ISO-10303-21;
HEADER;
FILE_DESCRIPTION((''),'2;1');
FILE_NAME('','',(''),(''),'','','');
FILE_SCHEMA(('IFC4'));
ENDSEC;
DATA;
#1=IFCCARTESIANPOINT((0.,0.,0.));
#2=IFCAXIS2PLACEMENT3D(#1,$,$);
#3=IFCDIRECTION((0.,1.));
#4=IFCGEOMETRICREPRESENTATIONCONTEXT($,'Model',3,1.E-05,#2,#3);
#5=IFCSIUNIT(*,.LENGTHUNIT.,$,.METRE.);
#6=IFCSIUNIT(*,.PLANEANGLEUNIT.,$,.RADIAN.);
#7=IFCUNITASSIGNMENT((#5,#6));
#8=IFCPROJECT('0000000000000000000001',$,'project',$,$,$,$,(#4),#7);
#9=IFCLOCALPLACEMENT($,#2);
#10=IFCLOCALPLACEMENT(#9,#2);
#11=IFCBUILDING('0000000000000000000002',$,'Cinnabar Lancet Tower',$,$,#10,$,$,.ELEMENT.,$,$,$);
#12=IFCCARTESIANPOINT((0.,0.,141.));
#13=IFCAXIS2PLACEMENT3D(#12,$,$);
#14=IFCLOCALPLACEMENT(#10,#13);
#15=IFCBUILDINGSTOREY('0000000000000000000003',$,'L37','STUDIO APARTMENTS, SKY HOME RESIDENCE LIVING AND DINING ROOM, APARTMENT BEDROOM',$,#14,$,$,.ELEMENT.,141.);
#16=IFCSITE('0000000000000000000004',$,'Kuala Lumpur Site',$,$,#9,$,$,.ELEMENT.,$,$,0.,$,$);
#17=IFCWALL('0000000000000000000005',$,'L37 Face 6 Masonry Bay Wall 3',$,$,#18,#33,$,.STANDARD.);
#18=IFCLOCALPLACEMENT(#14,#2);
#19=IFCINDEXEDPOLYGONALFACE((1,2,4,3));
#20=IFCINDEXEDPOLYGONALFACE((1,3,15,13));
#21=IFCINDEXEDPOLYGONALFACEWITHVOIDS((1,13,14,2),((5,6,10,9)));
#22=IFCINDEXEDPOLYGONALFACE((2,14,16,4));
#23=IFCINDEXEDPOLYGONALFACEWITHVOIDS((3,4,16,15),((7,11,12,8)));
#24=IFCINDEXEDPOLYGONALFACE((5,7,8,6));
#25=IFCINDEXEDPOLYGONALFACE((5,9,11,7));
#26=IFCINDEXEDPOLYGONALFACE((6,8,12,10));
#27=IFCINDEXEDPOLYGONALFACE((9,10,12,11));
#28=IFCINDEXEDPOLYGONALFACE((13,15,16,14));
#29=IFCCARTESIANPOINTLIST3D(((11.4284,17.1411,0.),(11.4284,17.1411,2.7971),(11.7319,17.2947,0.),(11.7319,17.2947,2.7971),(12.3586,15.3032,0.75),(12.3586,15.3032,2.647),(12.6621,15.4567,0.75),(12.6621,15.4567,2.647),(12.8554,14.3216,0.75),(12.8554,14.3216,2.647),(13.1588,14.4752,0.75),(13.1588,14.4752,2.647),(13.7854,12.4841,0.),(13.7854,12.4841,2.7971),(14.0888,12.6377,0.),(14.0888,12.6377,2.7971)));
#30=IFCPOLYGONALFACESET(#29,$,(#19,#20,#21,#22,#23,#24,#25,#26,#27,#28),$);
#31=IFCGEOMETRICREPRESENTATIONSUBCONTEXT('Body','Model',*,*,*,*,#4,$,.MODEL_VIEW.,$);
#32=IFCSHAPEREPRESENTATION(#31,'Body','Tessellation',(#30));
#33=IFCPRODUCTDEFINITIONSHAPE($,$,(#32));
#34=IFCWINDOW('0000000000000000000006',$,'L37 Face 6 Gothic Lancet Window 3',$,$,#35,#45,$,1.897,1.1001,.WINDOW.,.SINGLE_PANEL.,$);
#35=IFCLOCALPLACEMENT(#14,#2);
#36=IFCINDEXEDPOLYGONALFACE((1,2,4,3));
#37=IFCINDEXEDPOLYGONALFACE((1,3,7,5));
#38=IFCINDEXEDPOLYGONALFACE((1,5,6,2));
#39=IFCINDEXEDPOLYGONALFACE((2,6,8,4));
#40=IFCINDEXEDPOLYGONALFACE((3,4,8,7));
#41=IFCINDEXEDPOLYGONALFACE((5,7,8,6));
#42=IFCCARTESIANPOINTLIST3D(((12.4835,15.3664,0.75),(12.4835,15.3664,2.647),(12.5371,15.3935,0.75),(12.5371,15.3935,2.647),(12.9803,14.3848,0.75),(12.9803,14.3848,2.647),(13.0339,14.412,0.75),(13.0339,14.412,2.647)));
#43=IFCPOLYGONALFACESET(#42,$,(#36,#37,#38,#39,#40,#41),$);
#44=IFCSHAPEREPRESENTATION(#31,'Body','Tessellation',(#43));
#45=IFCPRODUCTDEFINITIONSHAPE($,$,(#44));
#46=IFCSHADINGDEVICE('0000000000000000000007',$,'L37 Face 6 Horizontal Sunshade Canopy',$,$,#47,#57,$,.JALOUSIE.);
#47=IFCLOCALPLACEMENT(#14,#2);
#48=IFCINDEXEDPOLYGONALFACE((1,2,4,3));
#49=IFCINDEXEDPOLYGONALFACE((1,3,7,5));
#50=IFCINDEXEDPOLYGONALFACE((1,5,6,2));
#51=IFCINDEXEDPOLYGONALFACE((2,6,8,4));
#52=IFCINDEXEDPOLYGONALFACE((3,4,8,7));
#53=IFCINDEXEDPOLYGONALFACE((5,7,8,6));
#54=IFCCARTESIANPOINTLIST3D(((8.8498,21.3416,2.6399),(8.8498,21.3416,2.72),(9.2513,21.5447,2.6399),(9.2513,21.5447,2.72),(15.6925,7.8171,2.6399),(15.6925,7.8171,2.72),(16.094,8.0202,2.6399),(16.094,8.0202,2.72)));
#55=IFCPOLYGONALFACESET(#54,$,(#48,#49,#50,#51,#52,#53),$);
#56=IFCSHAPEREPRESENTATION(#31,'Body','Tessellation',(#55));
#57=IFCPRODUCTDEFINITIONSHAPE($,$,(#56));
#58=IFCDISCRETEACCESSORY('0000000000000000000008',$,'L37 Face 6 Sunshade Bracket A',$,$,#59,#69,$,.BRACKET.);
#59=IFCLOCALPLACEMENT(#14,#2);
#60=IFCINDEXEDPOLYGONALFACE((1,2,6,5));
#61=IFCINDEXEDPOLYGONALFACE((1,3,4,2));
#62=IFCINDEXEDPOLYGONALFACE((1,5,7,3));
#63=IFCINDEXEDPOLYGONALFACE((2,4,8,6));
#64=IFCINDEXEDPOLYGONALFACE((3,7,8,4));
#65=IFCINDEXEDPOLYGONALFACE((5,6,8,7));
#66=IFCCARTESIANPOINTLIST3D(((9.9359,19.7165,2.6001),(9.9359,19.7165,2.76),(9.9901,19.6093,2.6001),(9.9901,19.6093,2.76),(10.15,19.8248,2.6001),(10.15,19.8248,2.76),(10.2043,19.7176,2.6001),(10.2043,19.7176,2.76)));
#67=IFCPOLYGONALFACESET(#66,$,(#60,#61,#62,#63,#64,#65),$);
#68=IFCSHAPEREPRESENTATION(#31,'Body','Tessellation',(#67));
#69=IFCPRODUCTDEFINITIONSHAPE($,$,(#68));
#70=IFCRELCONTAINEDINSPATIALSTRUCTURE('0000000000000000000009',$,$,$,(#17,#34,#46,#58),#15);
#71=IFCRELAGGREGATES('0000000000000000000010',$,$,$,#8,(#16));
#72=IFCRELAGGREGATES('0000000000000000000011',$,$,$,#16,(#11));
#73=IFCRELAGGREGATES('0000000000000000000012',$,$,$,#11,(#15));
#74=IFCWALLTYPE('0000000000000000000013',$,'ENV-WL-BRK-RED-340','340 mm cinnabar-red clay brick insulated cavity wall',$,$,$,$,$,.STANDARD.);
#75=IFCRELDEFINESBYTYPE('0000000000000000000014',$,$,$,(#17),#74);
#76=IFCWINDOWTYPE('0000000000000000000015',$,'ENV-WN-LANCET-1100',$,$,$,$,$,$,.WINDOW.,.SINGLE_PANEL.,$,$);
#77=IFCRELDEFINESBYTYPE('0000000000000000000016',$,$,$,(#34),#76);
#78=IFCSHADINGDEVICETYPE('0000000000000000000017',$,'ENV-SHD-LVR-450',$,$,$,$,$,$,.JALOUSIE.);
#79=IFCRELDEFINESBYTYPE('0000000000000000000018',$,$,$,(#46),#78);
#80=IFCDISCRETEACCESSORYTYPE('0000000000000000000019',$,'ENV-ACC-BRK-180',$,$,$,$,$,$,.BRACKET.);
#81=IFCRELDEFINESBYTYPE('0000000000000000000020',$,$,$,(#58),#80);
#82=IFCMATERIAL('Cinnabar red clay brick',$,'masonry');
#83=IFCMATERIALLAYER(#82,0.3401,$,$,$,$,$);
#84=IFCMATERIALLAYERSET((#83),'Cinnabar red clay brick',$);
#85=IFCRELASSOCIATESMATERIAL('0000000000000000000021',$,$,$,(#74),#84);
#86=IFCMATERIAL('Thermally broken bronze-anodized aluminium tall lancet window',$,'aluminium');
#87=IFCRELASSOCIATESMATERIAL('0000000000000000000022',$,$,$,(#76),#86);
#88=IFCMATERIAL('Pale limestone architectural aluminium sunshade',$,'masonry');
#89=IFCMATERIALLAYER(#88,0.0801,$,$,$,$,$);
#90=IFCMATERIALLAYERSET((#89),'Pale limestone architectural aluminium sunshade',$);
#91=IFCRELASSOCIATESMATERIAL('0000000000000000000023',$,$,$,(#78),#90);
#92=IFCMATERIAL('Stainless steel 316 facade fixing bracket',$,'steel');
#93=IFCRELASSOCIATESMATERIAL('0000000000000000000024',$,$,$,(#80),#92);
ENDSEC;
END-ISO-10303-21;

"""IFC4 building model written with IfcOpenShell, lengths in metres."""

from ifc_helpers import new_model, si_unit, direction, frame, frame_2d, origin, origin_2d, place, context, subcontext, project, spatial, rectangle, extrude, material, layer, layer_set, type_object, element, fill, save


model = new_model("IFC4")

# Units and contexts
model_context = context("Model", 3, precision=1e-05, world=origin(), true_north=direction((0.0, 1.0)))
body_context = subcontext(model_context, "Body", "Model", "MODEL_VIEW")
ifc_project = project(units=[si_unit("LENGTHUNIT", "METRE"), si_unit("PLANEANGLEUNIT", "RADIAN")], contexts=[model_context])

# Site, building, storey
site_placement = place(None, origin())
site = spatial("IfcSite", under=ifc_project, at=site_placement, Name="Kuala Lumpur Site", CompositionType="ELEMENT", RefElevation=0.0)
building_placement = place(site_placement, origin())
building = spatial("IfcBuilding", under=site, at=building_placement, Name="Cinnabar Lancet Tower", CompositionType="ELEMENT")
storey_placement = place(building_placement, frame((0.0, 0.0, 141.0)))
storey = spatial("IfcBuildingStorey", under=building, at=storey_placement, Name="L37", Description="STUDIO APARTMENTS, SKY HOME RESIDENCE LIVING AND DINING ROOM, APARTMENT BEDROOM", CompositionType="ELEMENT", Elevation=141.0)

# Shared definitions
ifc_material_1 = material(Name="Cinnabar red clay brick", Category="masonry")
ifc_layer_1 = layer(ifc_material_1, 0.3401)
ifc_layer_set_1 = layer_set([ifc_layer_1], Name="Cinnabar red clay brick")
wall_type_1 = type_object("IfcWallType", Name="ENV-WL-BRK-RED-340", Description="340 mm cinnabar-red clay brick insulated cavity wall", PredefinedType="STANDARD", material=ifc_layer_set_1)

# Wall, opening, window
ifc_material_2 = material(Name="Thermally broken bronze-anodized aluminium tall lancet window", Category="aluminium")
window_type = type_object("IfcWindowType", Name="ENV-WN-LANCET-1100", PartitioningType="SINGLE_PANEL", PredefinedType="WINDOW", material=ifc_material_2)
wall_1_placement = place(storey_placement, frame((11.5801, 17.218, 0.0), z_axis=(0.0, 0.0, 1.0), x_axis=(0.451568, -0.892237, 0.0)))
wall_1 = element("IfcWall", 1, at=wall_1_placement, inside=storey, type_object=wall_type_1, Name="L37 Face 6 Masonry Bay Wall 3", PredefinedType="STANDARD", context=body_context, shape_type="SweptSolid", body=[
    extrude(rectangle(XDim=5.2195, YDim=0.3401, at=frame_2d((2.6099, 0.0))), origin(), (0.0, 0.0, 1.0), 2.7971),
])
opening_1_placement = place(wall_1_placement, frame((2.0601, 0.0, 0.75)))
opening_1 = element("IfcOpeningElement", 2, at=opening_1_placement, cuts=wall_1, PredefinedType="OPENING", context=body_context, shape_type="SweptSolid", body=[
    extrude(rectangle(XDim=1.1001, YDim=1.897, at=frame_2d((0.55, 0.9485))), frame((0.0, 0.1799, 0.0), z_axis=(0.0, -1.0, 0.0), x_axis=(1.0, 0.0, 0.0)), (0.0, 0.0, 1.0), 0.3601),
])
window_1_placement = place(opening_1_placement, origin())
window_1 = element("IfcWindow", 3, at=window_1_placement, inside=storey, type_object=window_type, Name="L37 Face 6 Gothic Lancet Window 3", OverallHeight=1.897, OverallWidth=1.1001, PartitioningType="SINGLE_PANEL", PredefinedType="WINDOW", context=body_context, shape_type="SweptSolid", body=[
    extrude(rectangle(XDim=1.1001, YDim=1.897, at=frame_2d((0.55, 0.9485))), frame((0.0, 0.03, 0.0), z_axis=(0.0, -1.0, 0.0), x_axis=(1.0, 0.0, 0.0)), (0.0, 0.0, 1.0), 0.0601),
])
fill(opening_1, window_1)

# Shading device
ifc_material_3 = material(Name="Pale limestone architectural aluminium sunshade", Category="masonry")
ifc_layer_2 = layer(ifc_material_3, 0.0801)
ifc_layer_set_2 = layer_set([ifc_layer_2], Name="Pale limestone architectural aluminium sunshade")
shading_device_type = type_object("IfcShadingDeviceType", Name="ENV-SHD-LVR-450", PredefinedType="JALOUSIE", material=ifc_layer_set_2)
shading_device_placement = place(storey_placement, frame((12.4719, 14.6809, 2.6399), z_axis=(0.0, 0.0, 1.0), x_axis=(0.451454, -0.892294, 0.0)))
element("IfcShadingDevice", 4, at=shading_device_placement, inside=storey, type_object=shading_device_type, Name="L37 Face 6 Horizontal Sunshade Canopy", PredefinedType="JALOUSIE", context=body_context, shape_type="SweptSolid", body=[
    extrude(rectangle(XDim=15.157, YDim=0.45, at=origin_2d()), origin(), (0.0, 0.0, 1.0), 0.0801),
])

# Discrete accessory
ifc_material_4 = material(Name="Stainless steel 316 facade fixing bracket", Category="steel")
discrete_accessory_type = type_object("IfcDiscreteAccessoryType", Name="ENV-ACC-BRK-180", PredefinedType="BRACKET", material=ifc_material_4)
discrete_accessory_placement = place(storey_placement, frame((10.0701, 19.717, 2.6001), z_axis=(0.0, 0.0, 1.0), x_axis=(0.451454, -0.892294, 0.0)))
element("IfcDiscreteAccessory", 5, at=discrete_accessory_placement, inside=storey, type_object=discrete_accessory_type, Name="L37 Face 6 Sunshade Bracket A", PredefinedType="BRACKET", context=body_context, shape_type="SweptSolid", body=[
    extrude(rectangle(XDim=0.1201, YDim=0.24, at=origin_2d()), origin(), (0.0, 0.0, 1.0), 0.1599),
])

save(model, "model.ifc")
